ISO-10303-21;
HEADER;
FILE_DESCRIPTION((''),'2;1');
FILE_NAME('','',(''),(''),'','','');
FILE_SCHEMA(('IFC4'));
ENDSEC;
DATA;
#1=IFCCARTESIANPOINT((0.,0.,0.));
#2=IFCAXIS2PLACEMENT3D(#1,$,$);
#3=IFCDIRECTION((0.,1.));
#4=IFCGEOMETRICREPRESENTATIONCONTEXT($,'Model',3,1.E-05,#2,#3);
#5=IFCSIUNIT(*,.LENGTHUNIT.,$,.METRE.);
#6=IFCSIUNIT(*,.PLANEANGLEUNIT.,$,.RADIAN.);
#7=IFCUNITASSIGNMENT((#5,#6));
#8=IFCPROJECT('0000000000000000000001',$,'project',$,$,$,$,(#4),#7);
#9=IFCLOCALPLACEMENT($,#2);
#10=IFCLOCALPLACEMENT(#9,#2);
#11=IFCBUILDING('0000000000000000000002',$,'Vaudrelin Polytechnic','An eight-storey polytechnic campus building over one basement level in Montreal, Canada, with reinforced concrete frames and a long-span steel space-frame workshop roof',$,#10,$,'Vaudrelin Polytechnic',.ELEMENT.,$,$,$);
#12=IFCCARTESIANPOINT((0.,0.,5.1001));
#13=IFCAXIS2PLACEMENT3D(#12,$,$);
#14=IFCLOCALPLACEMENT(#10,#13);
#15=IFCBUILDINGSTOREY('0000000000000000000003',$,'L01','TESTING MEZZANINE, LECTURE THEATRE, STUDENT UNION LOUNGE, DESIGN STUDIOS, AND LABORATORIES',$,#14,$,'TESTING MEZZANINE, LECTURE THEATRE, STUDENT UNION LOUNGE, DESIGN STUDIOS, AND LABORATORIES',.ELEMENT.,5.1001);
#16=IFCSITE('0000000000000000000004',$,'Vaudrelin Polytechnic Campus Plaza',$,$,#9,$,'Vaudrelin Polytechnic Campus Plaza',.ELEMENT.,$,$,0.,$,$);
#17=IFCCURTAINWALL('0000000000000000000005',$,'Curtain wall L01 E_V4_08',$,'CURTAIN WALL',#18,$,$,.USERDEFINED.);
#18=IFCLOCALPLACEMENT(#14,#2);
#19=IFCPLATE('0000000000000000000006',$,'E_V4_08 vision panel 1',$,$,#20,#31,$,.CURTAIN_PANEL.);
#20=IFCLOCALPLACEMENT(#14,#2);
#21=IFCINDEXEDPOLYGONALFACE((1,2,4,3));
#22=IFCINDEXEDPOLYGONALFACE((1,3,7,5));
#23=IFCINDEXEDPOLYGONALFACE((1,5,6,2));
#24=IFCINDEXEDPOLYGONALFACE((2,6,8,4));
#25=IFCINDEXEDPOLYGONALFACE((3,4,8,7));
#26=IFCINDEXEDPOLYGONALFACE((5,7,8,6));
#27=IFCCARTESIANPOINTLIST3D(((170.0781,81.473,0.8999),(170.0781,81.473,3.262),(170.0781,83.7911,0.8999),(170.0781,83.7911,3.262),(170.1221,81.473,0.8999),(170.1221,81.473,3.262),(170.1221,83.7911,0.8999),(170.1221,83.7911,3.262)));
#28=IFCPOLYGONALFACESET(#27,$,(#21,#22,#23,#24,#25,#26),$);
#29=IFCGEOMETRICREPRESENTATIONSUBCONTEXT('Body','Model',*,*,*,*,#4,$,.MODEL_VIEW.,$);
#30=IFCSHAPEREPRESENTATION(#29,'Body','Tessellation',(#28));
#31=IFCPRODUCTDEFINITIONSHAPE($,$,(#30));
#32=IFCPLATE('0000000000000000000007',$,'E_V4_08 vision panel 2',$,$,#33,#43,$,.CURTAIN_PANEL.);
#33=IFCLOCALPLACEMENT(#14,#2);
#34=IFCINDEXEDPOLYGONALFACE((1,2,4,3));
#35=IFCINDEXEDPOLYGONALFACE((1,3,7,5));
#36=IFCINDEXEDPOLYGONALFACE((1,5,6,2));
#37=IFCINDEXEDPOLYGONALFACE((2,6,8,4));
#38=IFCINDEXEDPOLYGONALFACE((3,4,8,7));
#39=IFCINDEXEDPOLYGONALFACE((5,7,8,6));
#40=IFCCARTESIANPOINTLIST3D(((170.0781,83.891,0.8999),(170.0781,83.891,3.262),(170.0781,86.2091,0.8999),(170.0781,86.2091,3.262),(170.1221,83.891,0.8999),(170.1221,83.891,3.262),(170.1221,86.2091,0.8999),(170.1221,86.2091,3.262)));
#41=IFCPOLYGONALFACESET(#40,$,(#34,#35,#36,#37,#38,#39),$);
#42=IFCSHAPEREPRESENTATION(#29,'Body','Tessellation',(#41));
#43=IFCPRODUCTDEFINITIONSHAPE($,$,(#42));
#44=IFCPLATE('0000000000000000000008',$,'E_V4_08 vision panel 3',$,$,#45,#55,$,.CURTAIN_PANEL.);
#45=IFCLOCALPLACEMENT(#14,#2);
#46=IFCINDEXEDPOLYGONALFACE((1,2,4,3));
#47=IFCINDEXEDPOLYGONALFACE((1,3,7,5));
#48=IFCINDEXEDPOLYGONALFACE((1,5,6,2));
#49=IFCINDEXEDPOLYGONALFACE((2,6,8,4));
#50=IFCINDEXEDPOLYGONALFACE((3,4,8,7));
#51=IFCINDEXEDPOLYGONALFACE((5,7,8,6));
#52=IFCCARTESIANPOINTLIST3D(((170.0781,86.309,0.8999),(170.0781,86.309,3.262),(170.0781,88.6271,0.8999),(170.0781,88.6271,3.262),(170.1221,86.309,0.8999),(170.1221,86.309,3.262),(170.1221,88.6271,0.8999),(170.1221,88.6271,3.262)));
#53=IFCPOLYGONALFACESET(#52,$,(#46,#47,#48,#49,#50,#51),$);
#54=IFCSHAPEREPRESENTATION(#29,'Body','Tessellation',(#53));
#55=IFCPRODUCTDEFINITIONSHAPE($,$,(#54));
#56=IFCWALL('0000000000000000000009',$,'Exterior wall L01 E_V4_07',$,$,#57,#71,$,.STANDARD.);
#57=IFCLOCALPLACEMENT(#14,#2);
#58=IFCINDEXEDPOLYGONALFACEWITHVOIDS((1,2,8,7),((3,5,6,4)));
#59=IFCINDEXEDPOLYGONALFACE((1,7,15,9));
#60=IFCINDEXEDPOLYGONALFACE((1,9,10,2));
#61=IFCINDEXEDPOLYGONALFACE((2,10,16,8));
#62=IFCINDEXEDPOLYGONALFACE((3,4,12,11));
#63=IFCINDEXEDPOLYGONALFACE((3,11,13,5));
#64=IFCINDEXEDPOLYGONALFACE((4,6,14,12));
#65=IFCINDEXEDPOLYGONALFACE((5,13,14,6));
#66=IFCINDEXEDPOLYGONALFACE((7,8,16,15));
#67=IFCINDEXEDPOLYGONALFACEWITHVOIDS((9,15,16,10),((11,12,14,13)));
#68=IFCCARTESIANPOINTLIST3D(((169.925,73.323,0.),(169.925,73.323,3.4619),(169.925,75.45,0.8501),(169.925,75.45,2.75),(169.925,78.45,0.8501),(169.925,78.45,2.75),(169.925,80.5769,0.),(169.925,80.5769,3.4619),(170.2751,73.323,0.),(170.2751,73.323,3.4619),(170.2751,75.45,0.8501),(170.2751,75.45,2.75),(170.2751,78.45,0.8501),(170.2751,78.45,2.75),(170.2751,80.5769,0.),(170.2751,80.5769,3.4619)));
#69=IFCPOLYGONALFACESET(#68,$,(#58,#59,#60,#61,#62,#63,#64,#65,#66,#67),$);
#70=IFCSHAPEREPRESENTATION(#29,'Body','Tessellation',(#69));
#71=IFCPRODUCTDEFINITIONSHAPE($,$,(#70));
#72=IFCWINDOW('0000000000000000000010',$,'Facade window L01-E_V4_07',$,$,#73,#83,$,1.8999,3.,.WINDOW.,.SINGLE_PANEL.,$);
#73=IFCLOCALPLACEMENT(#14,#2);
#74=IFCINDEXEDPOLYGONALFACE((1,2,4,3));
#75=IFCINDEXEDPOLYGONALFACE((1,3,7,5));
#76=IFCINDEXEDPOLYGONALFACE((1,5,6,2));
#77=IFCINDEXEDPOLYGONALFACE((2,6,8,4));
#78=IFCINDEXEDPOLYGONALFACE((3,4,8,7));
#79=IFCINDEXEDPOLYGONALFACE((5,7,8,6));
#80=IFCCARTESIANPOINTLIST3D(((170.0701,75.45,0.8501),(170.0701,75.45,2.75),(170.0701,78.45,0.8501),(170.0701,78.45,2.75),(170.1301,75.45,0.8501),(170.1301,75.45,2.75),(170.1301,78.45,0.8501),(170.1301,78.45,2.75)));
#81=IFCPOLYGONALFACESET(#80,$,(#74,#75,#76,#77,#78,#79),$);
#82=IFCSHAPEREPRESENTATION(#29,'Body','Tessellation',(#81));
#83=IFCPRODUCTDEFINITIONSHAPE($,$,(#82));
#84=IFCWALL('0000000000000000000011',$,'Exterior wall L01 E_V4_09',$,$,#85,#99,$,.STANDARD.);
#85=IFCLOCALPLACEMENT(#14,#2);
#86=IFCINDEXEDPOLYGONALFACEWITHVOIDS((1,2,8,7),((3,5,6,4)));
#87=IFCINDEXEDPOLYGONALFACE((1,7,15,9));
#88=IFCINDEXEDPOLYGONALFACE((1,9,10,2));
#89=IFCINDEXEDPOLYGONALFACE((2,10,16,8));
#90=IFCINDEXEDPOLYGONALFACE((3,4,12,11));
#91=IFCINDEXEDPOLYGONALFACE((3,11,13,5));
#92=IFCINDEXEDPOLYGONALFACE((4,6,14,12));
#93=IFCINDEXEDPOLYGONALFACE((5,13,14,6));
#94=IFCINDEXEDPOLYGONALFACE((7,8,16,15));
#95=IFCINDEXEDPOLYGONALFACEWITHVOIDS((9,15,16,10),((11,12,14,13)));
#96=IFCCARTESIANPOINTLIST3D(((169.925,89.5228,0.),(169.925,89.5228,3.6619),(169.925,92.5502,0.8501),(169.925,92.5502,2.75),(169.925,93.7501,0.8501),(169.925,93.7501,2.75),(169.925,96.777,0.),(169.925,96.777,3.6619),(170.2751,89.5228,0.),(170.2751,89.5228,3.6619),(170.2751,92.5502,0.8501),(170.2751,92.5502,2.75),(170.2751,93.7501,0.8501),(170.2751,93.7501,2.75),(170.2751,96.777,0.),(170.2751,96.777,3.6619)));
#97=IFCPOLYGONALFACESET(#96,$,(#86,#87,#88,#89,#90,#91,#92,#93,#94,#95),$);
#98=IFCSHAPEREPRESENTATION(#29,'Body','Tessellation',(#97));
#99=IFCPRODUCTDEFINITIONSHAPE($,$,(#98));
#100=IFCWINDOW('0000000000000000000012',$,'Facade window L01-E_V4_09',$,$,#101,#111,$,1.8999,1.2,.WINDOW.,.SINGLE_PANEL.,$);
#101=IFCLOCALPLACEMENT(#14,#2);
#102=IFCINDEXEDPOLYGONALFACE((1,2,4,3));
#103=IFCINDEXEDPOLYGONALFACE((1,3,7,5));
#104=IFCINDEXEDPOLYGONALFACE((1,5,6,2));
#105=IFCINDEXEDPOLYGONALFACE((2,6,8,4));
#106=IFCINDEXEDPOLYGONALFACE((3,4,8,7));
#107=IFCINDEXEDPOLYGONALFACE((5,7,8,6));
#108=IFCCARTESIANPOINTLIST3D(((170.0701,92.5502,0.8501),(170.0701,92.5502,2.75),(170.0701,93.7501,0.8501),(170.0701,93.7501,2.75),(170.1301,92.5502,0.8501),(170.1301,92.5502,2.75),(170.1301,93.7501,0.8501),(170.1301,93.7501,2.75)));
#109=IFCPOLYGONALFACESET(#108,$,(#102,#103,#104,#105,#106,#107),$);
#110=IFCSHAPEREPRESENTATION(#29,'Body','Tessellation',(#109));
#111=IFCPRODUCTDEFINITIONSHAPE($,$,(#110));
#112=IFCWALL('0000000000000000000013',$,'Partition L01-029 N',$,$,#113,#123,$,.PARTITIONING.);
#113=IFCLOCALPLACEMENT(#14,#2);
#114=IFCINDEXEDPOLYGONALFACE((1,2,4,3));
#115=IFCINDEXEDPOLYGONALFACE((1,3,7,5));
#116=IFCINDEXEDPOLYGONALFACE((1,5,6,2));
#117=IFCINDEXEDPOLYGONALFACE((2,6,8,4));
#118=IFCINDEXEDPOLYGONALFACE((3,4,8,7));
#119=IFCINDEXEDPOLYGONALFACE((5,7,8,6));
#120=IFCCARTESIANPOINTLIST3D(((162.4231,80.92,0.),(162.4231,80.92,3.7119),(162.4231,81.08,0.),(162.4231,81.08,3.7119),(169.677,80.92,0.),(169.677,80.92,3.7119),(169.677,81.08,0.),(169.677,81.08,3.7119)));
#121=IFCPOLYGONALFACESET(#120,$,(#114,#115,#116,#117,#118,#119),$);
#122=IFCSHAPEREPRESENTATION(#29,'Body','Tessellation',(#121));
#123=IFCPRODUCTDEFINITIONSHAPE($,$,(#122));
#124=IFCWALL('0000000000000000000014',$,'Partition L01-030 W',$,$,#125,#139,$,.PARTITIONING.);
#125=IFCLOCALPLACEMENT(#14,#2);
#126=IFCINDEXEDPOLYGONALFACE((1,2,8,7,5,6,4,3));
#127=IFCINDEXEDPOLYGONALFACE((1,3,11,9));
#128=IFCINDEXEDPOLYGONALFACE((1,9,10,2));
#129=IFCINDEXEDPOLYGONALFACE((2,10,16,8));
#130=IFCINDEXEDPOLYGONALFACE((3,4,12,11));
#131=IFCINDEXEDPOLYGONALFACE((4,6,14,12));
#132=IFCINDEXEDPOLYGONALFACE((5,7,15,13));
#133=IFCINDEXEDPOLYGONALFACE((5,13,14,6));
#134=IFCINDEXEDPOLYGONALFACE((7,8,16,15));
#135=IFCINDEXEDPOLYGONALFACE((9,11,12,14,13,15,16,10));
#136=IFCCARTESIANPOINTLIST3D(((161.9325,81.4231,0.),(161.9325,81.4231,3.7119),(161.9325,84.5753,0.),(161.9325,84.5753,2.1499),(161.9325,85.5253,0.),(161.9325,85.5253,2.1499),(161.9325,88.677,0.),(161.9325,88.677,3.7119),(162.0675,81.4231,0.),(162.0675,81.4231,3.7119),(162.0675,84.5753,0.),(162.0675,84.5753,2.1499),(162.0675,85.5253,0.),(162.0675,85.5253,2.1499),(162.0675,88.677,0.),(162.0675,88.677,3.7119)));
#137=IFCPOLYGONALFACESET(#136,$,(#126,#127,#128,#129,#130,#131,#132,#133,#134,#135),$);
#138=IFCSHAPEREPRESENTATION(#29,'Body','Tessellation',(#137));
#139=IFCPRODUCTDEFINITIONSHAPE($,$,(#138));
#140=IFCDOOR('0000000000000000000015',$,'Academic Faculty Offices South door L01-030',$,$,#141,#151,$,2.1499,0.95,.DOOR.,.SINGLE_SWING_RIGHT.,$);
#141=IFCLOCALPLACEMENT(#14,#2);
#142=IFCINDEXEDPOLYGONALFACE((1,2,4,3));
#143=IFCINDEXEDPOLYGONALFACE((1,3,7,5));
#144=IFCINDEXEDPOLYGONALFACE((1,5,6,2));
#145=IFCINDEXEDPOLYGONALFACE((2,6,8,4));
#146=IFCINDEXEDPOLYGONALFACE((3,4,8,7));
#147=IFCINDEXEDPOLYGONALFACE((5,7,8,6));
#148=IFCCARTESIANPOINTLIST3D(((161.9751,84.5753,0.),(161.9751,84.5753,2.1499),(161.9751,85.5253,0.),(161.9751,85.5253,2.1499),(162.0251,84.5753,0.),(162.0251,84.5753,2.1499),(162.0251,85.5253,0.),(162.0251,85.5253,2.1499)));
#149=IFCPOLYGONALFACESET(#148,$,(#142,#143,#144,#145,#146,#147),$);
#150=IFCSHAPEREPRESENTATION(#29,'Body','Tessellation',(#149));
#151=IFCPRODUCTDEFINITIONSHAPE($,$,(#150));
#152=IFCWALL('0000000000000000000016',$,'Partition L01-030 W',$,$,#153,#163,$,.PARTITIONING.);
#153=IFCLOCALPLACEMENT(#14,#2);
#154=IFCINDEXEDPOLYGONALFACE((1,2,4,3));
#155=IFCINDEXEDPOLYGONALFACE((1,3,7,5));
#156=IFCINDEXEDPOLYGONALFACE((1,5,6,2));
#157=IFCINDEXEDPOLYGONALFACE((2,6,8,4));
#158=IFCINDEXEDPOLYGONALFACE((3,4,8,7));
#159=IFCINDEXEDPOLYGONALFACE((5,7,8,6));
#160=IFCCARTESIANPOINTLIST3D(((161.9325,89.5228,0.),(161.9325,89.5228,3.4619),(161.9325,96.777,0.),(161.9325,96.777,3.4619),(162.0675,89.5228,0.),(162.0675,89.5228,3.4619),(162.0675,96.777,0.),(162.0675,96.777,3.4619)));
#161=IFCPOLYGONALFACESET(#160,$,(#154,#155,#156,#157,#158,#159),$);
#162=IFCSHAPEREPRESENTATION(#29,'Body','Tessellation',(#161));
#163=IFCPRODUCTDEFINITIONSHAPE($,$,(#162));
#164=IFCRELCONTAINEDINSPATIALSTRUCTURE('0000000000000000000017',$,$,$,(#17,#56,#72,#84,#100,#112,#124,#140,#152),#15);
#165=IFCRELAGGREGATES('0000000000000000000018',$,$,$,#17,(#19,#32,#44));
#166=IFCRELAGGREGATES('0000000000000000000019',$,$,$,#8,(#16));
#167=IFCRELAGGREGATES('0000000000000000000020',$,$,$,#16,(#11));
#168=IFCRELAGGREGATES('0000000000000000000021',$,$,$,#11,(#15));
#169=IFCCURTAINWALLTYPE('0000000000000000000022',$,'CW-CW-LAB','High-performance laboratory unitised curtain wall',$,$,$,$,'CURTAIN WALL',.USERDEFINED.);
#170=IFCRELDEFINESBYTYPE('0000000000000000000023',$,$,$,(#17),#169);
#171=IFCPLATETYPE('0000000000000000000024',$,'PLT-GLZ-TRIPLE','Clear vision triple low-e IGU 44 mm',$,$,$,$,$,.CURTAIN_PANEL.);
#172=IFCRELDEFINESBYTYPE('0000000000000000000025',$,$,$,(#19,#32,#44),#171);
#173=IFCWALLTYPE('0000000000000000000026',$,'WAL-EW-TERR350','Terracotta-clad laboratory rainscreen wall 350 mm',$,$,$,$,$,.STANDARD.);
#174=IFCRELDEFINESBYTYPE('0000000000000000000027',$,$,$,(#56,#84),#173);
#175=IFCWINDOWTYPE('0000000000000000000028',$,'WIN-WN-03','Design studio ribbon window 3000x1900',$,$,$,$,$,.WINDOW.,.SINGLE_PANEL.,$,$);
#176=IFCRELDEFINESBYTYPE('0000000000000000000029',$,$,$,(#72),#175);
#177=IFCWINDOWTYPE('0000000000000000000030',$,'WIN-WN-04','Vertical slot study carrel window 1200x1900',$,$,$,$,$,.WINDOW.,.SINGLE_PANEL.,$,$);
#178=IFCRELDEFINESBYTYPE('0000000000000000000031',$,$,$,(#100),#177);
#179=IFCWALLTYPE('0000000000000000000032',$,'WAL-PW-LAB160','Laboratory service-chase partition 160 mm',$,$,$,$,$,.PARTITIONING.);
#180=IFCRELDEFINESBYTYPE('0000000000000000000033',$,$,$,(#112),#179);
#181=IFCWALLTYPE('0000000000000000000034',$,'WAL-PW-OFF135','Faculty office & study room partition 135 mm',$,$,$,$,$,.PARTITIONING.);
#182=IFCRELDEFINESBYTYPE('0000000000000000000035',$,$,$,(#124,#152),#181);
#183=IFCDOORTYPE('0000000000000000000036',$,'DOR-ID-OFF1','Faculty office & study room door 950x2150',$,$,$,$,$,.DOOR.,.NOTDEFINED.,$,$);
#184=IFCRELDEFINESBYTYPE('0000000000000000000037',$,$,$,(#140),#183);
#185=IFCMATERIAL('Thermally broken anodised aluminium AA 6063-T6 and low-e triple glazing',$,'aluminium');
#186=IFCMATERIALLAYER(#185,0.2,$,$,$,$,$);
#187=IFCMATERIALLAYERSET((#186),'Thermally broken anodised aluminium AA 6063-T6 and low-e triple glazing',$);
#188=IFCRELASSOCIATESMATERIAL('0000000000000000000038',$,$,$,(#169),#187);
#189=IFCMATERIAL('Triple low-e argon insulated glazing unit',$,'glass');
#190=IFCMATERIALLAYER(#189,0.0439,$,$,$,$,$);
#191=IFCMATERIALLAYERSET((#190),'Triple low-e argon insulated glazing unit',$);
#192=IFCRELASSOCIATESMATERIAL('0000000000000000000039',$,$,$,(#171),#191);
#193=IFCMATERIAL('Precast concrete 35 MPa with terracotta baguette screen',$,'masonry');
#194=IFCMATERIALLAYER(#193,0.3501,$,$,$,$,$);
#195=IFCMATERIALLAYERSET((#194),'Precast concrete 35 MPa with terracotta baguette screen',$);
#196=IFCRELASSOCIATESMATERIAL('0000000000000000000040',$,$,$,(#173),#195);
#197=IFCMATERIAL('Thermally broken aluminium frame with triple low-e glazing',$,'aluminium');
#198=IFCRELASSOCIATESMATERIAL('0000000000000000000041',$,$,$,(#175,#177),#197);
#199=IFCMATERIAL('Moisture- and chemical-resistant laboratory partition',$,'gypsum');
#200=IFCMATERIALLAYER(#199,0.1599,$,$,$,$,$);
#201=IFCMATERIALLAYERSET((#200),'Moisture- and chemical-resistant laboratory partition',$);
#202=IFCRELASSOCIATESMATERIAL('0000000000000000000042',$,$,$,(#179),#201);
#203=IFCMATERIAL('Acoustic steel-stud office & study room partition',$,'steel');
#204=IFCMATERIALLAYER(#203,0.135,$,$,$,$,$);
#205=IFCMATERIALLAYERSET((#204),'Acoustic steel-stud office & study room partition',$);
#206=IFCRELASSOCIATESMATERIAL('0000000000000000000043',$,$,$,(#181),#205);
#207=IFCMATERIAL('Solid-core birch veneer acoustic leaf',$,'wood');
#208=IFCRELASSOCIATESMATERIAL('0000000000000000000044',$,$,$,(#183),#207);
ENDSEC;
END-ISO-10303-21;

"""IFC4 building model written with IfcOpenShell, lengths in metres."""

from ifc_helpers import new_model, si_unit, direction, frame, frame_2d, origin, origin_2d, place, context, subcontext, project, spatial, rectangle, extrude, material, layer, layer_set, type_object, element, fill, aggregate, save


model = new_model("IFC4")

# Units and contexts
model_context = context("Model", 3, precision=1e-05, world=origin(), true_north=direction((0.0, 1.0)))
body_context = subcontext(model_context, "Body", "Model", "MODEL_VIEW")
ifc_project = project(units=[si_unit("LENGTHUNIT", "METRE"), si_unit("PLANEANGLEUNIT", "RADIAN")], contexts=[model_context])

# Site, building, storey
site_placement = place(None, origin())
site = spatial("IfcSite", under=ifc_project, at=site_placement, Name="Vaudrelin Polytechnic Campus Plaza", LongName="Vaudrelin Polytechnic Campus Plaza", CompositionType="ELEMENT", RefElevation=0.0)
building_placement = place(site_placement, origin())
building = spatial("IfcBuilding", under=site, at=building_placement, Name="Vaudrelin Polytechnic", Description="An eight-storey polytechnic campus building over one basement level in Montreal, Canada, with reinforced concrete frames and a long-span steel space-frame workshop roof", LongName="Vaudrelin Polytechnic", CompositionType="ELEMENT")
storey_placement = place(building_placement, frame((0.0, 0.0, 5.1001)))
storey = spatial("IfcBuildingStorey", under=building, at=storey_placement, Name="L01", Description="TESTING MEZZANINE, LECTURE THEATRE, STUDENT UNION LOUNGE, DESIGN STUDIOS, AND LABORATORIES", LongName="TESTING MEZZANINE, LECTURE THEATRE, STUDENT UNION LOUNGE, DESIGN STUDIOS, AND LABORATORIES", CompositionType="ELEMENT", Elevation=5.1001)

# Curtain wall, plates
ifc_material_1 = material(Name="Thermally broken anodised aluminium AA 6063-T6 and low-e triple glazing", Category="aluminium")
ifc_layer_1 = layer(ifc_material_1, 0.2)
ifc_layer_set_1 = layer_set([ifc_layer_1], Name="Thermally broken anodised aluminium AA 6063-T6 and low-e triple glazing")
curtain_wall_type = type_object("IfcCurtainWallType", Name="CW-CW-LAB", Description="High-performance laboratory unitised curtain wall", ElementType="CURTAIN WALL", PredefinedType="USERDEFINED", material=ifc_layer_set_1)
curtain_wall_placement = place(storey_placement, origin())
curtain_wall = element("IfcCurtainWall", 1, at=curtain_wall_placement, inside=storey, type_object=curtain_wall_type, Name="Curtain wall L01 E_V4_08", ObjectType="CURTAIN WALL", PredefinedType="USERDEFINED")
ifc_material_2 = material(Name="Triple low-e argon insulated glazing unit", Category="glass")
ifc_layer_2 = layer(ifc_material_2, 0.0439)
ifc_layer_set_2 = layer_set([ifc_layer_2], Name="Triple low-e argon insulated glazing unit")
plate_type_1 = type_object("IfcPlateType", Name="PLT-GLZ-TRIPLE", Description="Clear vision triple low-e IGU 44 mm", PredefinedType="CURTAIN_PANEL", material=ifc_layer_set_2)
plate_1_placement = place(storey_placement, frame((170.1001, 82.6321, 0.8999), z_axis=(0.0, 0.0, 1.0), x_axis=(0.0, 1.0, 0.0)))
plate_1 = element("IfcPlate", 2, at=plate_1_placement, type_object=plate_type_1, Name="E_V4_08 vision panel 1", PredefinedType="CURTAIN_PANEL", context=body_context, shape_type="SweptSolid", body=[
    extrude(rectangle(XDim=2.3181, YDim=0.0439, at=origin_2d()), origin(), (0.0, 0.0, 1.0), 2.3621),
])
plate_2_placement = place(storey_placement, frame((170.1001, 85.05, 0.8999), z_axis=(0.0, 0.0, 1.0), x_axis=(0.0, 1.0, 0.0)))
plate_2 = element("IfcPlate", 3, at=plate_2_placement, type_object=plate_type_1, Name="E_V4_08 vision panel 2", PredefinedType="CURTAIN_PANEL", context=body_context, shape_type="SweptSolid", body=[
    extrude(rectangle(XDim=2.3181, YDim=0.0439, at=origin_2d()), origin(), (0.0, 0.0, 1.0), 2.3621),
])
plate_3_placement = place(storey_placement, frame((170.1001, 87.468, 0.8999), z_axis=(0.0, 0.0, 1.0), x_axis=(0.0, 1.0, 0.0)))
plate_3 = element("IfcPlate", 4, at=plate_3_placement, type_object=plate_type_1, Name="E_V4_08 vision panel 3", PredefinedType="CURTAIN_PANEL", context=body_context, shape_type="SweptSolid", body=[
    extrude(rectangle(XDim=2.3181, YDim=0.0439, at=origin_2d()), origin(), (0.0, 0.0, 1.0), 2.3621),
])
aggregate(curtain_wall, [plate_1, plate_2, plate_3])

# Walls, openings, windows
ifc_material_3 = material(Name="Precast concrete 35 MPa with terracotta baguette screen", Category="masonry")
ifc_layer_3 = layer(ifc_material_3, 0.3501)
ifc_layer_set_3 = layer_set([ifc_layer_3], Name="Precast concrete 35 MPa with terracotta baguette screen")
wall_type_1 = type_object("IfcWallType", Name="WAL-EW-TERR350", Description="Terracotta-clad laboratory rainscreen wall 350 mm", PredefinedType="STANDARD", material=ifc_layer_set_3)
wall_1_placement = place(storey_placement, frame((170.1001, 73.323, 0.0), z_axis=(0.0, 0.0, 1.0), x_axis=(0.0, 1.0, 0.0)))
wall_1 = element("IfcWall", 5, at=wall_1_placement, inside=storey, type_object=wall_type_1, Name="Exterior wall L01 E_V4_07", PredefinedType="STANDARD", context=body_context, shape_type="SweptSolid", body=[
    extrude(rectangle(XDim=7.2539, YDim=0.3501, at=frame_2d((3.627, 0.0))), origin(), (0.0, 0.0, 1.0), 3.4619),
])
opening_1_placement = place(wall_1_placement, frame((2.127, 0.0, 0.8501)))
opening_1 = element("IfcOpeningElement", 6, at=opening_1_placement, cuts=wall_1, PredefinedType="OPENING", context=body_context, shape_type="SweptSolid", body=[
    extrude(rectangle(XDim=3.0, YDim=1.8999, at=frame_2d((1.5, 0.95))), frame((0.0, 0.1851, 0.0), z_axis=(0.0, -1.0, 0.0), x_axis=(1.0, 0.0, 0.0)), (0.0, 0.0, 1.0), 0.3701),
])
ifc_material_4 = material(Name="Thermally broken aluminium frame with triple low-e glazing", Category="aluminium")
window_type_1 = type_object("IfcWindowType", Name="WIN-WN-03", Description="Design studio ribbon window 3000x1900", PartitioningType="SINGLE_PANEL", PredefinedType="WINDOW", material=ifc_material_4)
window_1_placement = place(opening_1_placement, origin())
window_1 = element("IfcWindow", 7, at=window_1_placement, inside=storey, type_object=window_type_1, Name="Facade window L01-E_V4_07", OverallHeight=1.8999, OverallWidth=3.0, PartitioningType="SINGLE_PANEL", PredefinedType="WINDOW", context=body_context, shape_type="SweptSolid", body=[
    extrude(rectangle(XDim=3.0, YDim=1.8999, at=frame_2d((1.5, 0.95))), frame((0.0, 0.03, 0.0), z_axis=(0.0, -1.0, 0.0), x_axis=(1.0, 0.0, 0.0)), (0.0, 0.0, 1.0), 0.0601),
])
fill(opening_1, window_1)
wall_2_placement = place(storey_placement, frame((170.1001, 89.5229, 0.0), z_axis=(0.0, 0.0, 1.0), x_axis=(0.0, 1.0, 0.0)))
wall_2 = element("IfcWall", 8, at=wall_2_placement, inside=storey, type_object=wall_type_1, Name="Exterior wall L01 E_V4_09", PredefinedType="STANDARD", context=body_context, shape_type="SweptSolid", body=[
    extrude(rectangle(XDim=7.2542, YDim=0.3501, at=frame_2d((3.627, 0.0))), origin(), (0.0, 0.0, 1.0), 3.6619),
])
opening_2_placement = place(wall_2_placement, frame((3.0271, 0.0, 0.8501)))
opening_2 = element("IfcOpeningElement", 9, at=opening_2_placement, cuts=wall_2, PredefinedType="OPENING", context=body_context, shape_type="SweptSolid", body=[
    extrude(rectangle(XDim=1.2, YDim=1.8999, at=frame_2d((0.6001, 0.95))), frame((0.0, 0.1851, 0.0), z_axis=(0.0, -1.0, 0.0), x_axis=(1.0, 0.0, 0.0)), (0.0, 0.0, 1.0), 0.3701),
])
window_type_2 = type_object("IfcWindowType", Name="WIN-WN-04", Description="Vertical slot study carrel window 1200x1900", PartitioningType="SINGLE_PANEL", PredefinedType="WINDOW", material=ifc_material_4)
window_2_placement = place(opening_2_placement, origin())
window_2 = element("IfcWindow", 10, at=window_2_placement, inside=storey, type_object=window_type_2, Name="Facade window L01-E_V4_09", OverallHeight=1.8999, OverallWidth=1.2, PartitioningType="SINGLE_PANEL", PredefinedType="WINDOW", context=body_context, shape_type="SweptSolid", body=[
    extrude(rectangle(XDim=1.2, YDim=1.8999, at=frame_2d((0.6001, 0.95))), frame((0.0, 0.03, 0.0), z_axis=(0.0, -1.0, 0.0), x_axis=(1.0, 0.0, 0.0)), (0.0, 0.0, 1.0), 0.0601),
])
fill(opening_2, window_2)

# Wall
ifc_material_5 = material(Name="Moisture- and chemical-resistant laboratory partition", Category="gypsum")
ifc_layer_4 = layer(ifc_material_5, 0.1599)
ifc_layer_set_4 = layer_set([ifc_layer_4], Name="Moisture- and chemical-resistant laboratory partition")
wall_type_2 = type_object("IfcWallType", Name="WAL-PW-LAB160", Description="Laboratory service-chase partition 160 mm", PredefinedType="PARTITIONING", material=ifc_layer_set_4)
wall_3_placement = place(storey_placement, frame((162.4231, 81.0, 0.0), z_axis=(0.0, 0.0, 1.0), x_axis=(1.0, 0.0, 0.0)))
element("IfcWall", 11, at=wall_3_placement, inside=storey, type_object=wall_type_2, Name="Partition L01-029 N", PredefinedType="PARTITIONING", context=body_context, shape_type="SweptSolid", body=[
    extrude(rectangle(XDim=7.2539, YDim=0.1599, at=frame_2d((3.627, 0.0))), origin(), (0.0, 0.0, 1.0), 3.7119),
])

# Wall, opening, door
ifc_material_6 = material(Name="Acoustic steel-stud office & study room partition", Category="steel")
ifc_layer_5 = layer(ifc_material_6, 0.135)
ifc_layer_set_5 = layer_set([ifc_layer_5], Name="Acoustic steel-stud office & study room partition")
wall_type_3 = type_object("IfcWallType", Name="WAL-PW-OFF135", Description="Faculty office & study room partition 135 mm", PredefinedType="PARTITIONING", material=ifc_layer_set_5)
wall_4_placement = place(storey_placement, frame((162.0, 81.4231, 0.0), z_axis=(0.0, 0.0, 1.0), x_axis=(0.0, 1.0, 0.0)))
wall_4 = element("IfcWall", 12, at=wall_4_placement, inside=storey, type_object=wall_type_3, Name="Partition L01-030 W", PredefinedType="PARTITIONING", context=body_context, shape_type="SweptSolid", body=[
    extrude(rectangle(XDim=7.2539, YDim=0.135, at=frame_2d((3.627, 0.0))), origin(), (0.0, 0.0, 1.0), 3.7119),
])
opening_3_placement = place(wall_4_placement, frame((3.1521, 0.0, 0.0)))
opening_3 = element("IfcOpeningElement", 13, at=opening_3_placement, cuts=wall_4, PredefinedType="OPENING", context=body_context, shape_type="SweptSolid", body=[
    extrude(rectangle(XDim=0.95, YDim=2.1499, at=frame_2d((0.4751, 1.075))), frame((0.0, 0.0776, 0.0), z_axis=(0.0, -1.0, 0.0), x_axis=(1.0, 0.0, 0.0)), (0.0, 0.0, 1.0), 0.155),
])
ifc_material_7 = material(Name="Solid-core birch veneer acoustic leaf", Category="wood")
door_type = type_object("IfcDoorType", Name="DOR-ID-OFF1", Description="Faculty office & study room door 950x2150", OperationType="NOTDEFINED", PredefinedType="DOOR", material=ifc_material_7)
door_placement = place(opening_3_placement, origin())
door = element("IfcDoor", 14, at=door_placement, inside=storey, type_object=door_type, Name="Academic Faculty Offices South door L01-030", OperationType="SINGLE_SWING_RIGHT", OverallHeight=2.1499, OverallWidth=0.95, PredefinedType="DOOR", context=body_context, shape_type="SweptSolid", body=[
    extrude(rectangle(XDim=0.95, YDim=2.1499, at=frame_2d((0.4751, 1.075))), frame((0.0, 0.0249, 0.0), z_axis=(0.0, -1.0, 0.0), x_axis=(1.0, 0.0, 0.0)), (0.0, 0.0, 1.0), 0.05),
])
fill(opening_3, door)

# Wall
wall_5_placement = place(storey_placement, frame((162.0, 89.5229, 0.0), z_axis=(0.0, 0.0, 1.0), x_axis=(0.0, 1.0, 0.0)))
element("IfcWall", 15, at=wall_5_placement, inside=storey, type_object=wall_type_3, Name="Partition L01-030 W", PredefinedType="PARTITIONING", context=body_context, shape_type="SweptSolid", body=[
    extrude(rectangle(XDim=7.2542, YDim=0.135, at=frame_2d((3.627, 0.0))), origin(), (0.0, 0.0, 1.0), 3.4619),
])

save(model, "model.ifc")
